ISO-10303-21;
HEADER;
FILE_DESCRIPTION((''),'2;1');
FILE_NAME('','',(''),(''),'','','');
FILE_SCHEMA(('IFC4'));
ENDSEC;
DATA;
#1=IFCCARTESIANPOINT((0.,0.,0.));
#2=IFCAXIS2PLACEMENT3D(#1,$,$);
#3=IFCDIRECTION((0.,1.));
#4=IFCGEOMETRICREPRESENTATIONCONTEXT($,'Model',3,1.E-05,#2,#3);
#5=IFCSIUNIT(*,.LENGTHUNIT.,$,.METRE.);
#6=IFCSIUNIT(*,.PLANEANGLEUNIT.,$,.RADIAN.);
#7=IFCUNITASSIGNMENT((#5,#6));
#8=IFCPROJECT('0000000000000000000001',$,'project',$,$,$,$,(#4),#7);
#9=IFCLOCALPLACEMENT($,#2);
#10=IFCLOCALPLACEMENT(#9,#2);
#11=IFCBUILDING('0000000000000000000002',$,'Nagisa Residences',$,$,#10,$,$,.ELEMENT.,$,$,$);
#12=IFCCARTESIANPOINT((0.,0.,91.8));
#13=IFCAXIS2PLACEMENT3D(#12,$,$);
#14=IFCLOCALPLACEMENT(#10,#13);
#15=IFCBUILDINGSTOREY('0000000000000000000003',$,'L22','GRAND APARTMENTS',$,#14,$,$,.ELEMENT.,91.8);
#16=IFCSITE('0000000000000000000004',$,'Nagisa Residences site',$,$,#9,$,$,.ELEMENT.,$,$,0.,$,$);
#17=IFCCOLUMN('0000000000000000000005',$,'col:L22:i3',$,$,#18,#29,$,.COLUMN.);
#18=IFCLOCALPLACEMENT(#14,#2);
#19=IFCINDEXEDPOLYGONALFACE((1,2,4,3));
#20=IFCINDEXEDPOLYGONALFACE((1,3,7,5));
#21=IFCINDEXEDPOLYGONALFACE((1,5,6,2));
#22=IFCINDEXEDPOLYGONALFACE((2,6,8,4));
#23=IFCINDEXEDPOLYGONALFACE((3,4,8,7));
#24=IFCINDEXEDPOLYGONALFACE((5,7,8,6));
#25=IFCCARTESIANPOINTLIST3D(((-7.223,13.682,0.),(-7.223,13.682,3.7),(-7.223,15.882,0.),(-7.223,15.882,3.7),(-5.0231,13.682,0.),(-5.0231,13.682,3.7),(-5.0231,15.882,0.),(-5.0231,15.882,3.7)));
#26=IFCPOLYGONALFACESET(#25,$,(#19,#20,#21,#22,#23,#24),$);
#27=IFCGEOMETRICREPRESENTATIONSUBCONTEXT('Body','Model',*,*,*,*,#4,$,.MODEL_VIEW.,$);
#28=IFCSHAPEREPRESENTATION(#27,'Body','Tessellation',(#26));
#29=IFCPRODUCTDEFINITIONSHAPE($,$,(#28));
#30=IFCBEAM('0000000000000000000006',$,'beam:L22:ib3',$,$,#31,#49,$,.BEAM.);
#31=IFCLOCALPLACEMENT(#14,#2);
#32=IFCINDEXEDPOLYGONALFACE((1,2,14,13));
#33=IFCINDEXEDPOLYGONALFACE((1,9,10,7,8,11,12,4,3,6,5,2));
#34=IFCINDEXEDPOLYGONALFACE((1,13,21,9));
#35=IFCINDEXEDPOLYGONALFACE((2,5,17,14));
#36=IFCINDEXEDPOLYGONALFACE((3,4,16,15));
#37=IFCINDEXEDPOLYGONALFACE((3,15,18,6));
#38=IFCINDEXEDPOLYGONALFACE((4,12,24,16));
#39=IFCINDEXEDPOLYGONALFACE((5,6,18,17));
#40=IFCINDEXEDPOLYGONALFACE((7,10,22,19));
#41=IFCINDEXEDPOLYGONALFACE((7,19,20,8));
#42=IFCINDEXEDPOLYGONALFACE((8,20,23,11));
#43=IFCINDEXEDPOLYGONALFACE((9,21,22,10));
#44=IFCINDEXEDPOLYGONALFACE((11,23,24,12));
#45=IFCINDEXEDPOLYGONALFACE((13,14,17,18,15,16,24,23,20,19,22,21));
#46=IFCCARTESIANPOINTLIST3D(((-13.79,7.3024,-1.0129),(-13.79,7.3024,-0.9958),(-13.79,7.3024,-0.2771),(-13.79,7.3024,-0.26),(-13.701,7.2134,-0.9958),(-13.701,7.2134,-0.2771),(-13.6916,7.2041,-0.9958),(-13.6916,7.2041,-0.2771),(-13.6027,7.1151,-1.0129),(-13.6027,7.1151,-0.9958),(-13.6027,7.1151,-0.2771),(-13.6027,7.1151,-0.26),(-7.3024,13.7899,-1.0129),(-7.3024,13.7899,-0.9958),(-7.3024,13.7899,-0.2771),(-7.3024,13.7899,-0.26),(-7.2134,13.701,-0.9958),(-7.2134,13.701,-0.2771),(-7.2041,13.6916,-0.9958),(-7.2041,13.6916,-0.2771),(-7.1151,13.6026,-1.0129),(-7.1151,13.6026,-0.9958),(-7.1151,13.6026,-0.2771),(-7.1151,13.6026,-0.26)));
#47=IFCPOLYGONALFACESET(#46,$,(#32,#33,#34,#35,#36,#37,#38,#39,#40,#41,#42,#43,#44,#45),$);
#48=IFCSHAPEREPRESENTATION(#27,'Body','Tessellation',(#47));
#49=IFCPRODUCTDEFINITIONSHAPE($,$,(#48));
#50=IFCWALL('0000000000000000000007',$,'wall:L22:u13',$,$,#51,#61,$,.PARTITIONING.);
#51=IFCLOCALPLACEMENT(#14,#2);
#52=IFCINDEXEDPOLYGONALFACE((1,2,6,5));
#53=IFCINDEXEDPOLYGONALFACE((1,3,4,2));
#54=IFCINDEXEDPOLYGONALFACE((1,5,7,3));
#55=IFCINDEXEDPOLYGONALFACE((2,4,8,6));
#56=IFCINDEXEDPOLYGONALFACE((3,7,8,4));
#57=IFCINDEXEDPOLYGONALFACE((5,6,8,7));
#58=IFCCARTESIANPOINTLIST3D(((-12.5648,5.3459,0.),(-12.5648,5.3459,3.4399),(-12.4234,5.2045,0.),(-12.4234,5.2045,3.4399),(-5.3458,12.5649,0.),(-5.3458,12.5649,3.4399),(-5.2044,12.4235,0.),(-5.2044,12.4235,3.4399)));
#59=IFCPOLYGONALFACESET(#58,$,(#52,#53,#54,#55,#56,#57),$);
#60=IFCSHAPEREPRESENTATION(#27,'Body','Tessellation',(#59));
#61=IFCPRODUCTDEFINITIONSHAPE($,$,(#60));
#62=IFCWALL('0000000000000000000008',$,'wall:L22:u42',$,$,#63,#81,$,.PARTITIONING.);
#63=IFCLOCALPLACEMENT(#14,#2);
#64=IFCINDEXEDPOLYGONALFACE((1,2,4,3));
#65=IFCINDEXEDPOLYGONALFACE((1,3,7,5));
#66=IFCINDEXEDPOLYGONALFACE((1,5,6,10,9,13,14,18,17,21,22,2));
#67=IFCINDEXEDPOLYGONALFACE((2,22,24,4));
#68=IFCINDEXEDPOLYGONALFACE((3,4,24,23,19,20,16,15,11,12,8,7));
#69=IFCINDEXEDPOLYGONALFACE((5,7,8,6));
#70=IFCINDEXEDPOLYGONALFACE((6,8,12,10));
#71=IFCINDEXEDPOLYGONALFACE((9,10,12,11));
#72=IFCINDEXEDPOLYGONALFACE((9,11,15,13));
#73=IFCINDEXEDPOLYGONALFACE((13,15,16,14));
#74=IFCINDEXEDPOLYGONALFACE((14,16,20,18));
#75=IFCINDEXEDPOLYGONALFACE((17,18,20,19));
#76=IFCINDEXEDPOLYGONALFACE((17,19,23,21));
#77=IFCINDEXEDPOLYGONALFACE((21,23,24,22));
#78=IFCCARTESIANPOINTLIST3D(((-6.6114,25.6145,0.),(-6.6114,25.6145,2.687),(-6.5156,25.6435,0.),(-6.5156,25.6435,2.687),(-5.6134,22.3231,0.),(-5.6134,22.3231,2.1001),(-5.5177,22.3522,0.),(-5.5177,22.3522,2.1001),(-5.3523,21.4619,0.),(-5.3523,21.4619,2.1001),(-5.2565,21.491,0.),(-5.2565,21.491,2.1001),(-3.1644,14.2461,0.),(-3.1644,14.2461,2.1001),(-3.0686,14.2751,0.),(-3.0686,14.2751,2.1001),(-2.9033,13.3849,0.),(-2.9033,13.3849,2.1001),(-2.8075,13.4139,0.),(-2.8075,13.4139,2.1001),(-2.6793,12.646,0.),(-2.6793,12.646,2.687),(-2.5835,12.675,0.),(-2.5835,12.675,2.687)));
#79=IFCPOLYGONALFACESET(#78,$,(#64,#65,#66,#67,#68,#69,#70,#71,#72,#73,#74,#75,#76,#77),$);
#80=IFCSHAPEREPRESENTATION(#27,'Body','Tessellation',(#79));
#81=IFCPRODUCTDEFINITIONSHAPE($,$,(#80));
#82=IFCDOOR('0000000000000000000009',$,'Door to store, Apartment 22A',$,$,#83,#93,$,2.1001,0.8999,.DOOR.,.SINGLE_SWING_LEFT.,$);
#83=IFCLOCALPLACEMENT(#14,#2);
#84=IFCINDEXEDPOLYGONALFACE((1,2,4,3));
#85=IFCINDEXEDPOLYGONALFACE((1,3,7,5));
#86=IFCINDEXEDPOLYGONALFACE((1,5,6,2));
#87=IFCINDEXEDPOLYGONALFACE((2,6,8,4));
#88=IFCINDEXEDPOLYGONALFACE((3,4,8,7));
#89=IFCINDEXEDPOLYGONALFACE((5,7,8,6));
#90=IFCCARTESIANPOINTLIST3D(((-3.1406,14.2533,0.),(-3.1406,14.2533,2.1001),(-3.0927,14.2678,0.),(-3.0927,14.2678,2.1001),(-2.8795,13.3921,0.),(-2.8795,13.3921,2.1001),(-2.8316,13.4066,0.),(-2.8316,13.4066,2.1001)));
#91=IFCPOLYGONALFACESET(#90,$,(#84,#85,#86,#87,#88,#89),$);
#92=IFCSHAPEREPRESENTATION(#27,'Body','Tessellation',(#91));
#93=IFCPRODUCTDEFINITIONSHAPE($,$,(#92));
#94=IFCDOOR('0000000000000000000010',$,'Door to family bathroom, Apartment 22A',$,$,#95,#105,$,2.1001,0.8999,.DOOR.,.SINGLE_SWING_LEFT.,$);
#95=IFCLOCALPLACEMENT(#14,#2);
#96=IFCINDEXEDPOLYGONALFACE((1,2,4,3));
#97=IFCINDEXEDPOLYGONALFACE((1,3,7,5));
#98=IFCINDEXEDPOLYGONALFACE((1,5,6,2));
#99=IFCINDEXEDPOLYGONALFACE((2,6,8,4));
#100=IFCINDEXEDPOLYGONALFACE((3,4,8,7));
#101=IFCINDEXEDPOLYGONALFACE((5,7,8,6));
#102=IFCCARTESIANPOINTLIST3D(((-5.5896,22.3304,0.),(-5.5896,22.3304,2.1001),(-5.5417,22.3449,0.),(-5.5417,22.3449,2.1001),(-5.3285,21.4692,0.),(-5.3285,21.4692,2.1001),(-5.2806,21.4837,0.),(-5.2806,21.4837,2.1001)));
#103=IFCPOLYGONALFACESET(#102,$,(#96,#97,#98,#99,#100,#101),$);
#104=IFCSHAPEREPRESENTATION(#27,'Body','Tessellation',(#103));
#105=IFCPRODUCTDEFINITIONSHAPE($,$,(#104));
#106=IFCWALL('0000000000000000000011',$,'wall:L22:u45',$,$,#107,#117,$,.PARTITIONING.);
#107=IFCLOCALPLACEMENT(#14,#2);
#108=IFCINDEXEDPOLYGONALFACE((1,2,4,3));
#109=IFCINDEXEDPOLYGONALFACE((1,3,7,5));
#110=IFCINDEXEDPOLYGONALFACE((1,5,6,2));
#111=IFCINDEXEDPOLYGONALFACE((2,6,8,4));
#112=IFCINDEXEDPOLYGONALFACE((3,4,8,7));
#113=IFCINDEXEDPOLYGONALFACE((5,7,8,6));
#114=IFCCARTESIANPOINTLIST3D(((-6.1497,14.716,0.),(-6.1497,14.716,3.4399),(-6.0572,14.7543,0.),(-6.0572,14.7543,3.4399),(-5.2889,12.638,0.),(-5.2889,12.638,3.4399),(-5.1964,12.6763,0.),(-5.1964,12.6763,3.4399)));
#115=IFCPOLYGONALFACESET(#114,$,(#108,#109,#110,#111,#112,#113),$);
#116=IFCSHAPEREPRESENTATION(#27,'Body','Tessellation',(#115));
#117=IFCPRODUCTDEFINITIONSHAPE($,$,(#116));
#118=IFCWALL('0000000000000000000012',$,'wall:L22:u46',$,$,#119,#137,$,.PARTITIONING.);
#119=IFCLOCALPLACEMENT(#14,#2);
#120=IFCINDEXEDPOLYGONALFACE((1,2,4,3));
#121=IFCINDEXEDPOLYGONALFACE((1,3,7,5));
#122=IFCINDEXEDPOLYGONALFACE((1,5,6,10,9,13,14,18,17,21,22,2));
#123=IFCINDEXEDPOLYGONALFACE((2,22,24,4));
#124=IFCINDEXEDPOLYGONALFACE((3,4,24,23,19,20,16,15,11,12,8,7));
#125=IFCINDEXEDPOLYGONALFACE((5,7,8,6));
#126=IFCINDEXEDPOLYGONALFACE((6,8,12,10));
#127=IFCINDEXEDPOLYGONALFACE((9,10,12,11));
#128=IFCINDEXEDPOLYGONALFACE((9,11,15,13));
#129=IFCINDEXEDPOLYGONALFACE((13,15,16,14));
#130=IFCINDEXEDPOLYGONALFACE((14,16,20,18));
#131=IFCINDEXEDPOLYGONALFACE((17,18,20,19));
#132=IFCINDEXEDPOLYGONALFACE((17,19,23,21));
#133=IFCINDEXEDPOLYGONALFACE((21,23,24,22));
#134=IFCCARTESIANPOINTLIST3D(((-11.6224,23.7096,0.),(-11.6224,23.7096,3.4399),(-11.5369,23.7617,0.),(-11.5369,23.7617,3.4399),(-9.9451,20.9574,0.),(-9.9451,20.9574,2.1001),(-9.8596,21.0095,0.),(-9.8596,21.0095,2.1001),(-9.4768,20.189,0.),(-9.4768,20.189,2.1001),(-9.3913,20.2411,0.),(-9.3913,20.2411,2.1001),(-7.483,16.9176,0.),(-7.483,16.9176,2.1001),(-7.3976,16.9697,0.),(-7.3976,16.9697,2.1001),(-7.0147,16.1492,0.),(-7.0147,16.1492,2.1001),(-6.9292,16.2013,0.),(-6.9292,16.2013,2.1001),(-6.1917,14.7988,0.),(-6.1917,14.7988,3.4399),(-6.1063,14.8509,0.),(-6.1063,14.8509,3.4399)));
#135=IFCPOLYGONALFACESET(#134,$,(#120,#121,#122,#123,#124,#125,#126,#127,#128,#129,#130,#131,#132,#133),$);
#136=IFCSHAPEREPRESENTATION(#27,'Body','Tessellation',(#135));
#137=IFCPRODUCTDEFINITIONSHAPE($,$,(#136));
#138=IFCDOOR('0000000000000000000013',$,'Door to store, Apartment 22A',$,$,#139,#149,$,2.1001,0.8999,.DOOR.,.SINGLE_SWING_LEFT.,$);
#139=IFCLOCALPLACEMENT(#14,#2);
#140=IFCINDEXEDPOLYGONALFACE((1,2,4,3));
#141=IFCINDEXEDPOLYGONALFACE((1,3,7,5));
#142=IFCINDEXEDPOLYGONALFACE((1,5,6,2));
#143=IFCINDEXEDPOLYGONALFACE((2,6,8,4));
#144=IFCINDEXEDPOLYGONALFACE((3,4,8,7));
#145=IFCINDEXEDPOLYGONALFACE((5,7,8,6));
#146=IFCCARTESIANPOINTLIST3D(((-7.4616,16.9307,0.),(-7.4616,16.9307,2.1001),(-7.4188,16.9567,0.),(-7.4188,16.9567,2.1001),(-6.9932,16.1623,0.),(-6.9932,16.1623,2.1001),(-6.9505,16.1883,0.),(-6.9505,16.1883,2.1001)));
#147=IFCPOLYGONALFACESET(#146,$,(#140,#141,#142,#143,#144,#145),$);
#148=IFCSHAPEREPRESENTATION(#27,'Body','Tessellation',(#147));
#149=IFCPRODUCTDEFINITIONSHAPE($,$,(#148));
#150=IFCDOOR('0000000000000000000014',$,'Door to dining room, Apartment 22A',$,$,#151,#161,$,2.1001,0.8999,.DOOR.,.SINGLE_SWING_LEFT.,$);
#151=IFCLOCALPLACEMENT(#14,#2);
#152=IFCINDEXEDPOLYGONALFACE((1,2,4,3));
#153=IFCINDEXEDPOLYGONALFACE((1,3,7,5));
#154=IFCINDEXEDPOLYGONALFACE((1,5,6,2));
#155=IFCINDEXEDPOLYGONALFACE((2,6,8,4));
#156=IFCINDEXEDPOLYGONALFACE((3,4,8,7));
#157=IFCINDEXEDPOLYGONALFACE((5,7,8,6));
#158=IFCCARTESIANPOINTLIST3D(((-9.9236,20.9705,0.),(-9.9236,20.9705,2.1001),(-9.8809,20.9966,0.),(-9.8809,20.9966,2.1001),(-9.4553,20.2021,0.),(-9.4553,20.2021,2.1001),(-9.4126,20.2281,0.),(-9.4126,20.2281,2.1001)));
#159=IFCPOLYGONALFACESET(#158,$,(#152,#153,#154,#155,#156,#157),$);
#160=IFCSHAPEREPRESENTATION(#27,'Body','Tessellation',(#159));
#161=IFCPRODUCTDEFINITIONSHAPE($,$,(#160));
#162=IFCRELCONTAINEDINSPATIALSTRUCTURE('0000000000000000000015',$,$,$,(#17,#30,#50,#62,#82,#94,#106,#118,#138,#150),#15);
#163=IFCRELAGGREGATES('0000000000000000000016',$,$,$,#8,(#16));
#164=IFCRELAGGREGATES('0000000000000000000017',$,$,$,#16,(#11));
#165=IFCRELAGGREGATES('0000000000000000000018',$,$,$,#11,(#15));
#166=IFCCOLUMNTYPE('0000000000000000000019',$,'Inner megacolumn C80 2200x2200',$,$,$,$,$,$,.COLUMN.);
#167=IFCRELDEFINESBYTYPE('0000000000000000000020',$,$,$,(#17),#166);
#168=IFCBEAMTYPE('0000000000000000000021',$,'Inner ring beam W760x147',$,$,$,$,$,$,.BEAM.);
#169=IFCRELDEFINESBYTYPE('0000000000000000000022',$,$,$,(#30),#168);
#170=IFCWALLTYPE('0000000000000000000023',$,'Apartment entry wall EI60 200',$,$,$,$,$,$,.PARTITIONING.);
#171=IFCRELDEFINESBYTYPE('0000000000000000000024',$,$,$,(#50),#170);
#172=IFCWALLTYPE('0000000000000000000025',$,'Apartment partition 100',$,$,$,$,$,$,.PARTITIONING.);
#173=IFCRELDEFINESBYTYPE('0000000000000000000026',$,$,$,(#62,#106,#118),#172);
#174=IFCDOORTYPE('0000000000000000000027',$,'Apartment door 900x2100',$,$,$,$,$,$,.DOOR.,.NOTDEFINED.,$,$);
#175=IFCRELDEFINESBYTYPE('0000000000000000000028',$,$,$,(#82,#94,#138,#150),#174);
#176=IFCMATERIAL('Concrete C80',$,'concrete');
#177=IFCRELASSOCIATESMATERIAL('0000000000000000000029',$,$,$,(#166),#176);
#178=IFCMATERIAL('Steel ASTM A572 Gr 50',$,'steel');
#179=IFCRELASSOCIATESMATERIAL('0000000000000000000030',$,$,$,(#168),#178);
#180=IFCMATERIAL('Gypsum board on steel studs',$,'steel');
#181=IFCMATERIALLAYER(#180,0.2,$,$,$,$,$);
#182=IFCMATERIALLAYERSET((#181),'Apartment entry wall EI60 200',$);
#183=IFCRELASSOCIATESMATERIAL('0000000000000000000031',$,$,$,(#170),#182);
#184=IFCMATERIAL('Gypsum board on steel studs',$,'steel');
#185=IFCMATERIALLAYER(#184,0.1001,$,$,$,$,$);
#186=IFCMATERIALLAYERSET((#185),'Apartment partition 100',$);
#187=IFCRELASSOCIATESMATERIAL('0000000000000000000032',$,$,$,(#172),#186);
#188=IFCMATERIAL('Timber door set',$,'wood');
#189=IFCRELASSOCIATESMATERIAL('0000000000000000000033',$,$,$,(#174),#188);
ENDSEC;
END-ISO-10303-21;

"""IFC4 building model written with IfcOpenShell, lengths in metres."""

from ifc_helpers import new_model, si_unit, direction, frame, frame_2d, origin, origin_2d, place, context, subcontext, project, spatial, rectangle, i_section, extrude, material, layer, layer_set, material_profile, profile_set, type_object, element, fill, save


model = new_model("IFC4")

# Units and contexts
model_context = context("Model", 3, precision=1e-05, world=origin(), true_north=direction((0.0, 1.0)))
body_context = subcontext(model_context, "Body", "Model", "MODEL_VIEW")
ifc_project = project(units=[si_unit("LENGTHUNIT", "METRE"), si_unit("PLANEANGLEUNIT", "RADIAN")], contexts=[model_context])

# Site, building, storey
site_placement = place(None, origin())
site = spatial("IfcSite", under=ifc_project, at=site_placement, Name="Nagisa Residences site", CompositionType="ELEMENT", RefElevation=0.0)
building_placement = place(site_placement, origin())
building = spatial("IfcBuilding", under=site, at=building_placement, Name="Nagisa Residences", CompositionType="ELEMENT")
storey_placement = place(building_placement, frame((0.0, 0.0, 91.8)))
storey = spatial("IfcBuildingStorey", under=building, at=storey_placement, Name="L22", Description="GRAND APARTMENTS", CompositionType="ELEMENT", Elevation=91.8)

# Column
ifc_material_1 = material(Name="Concrete C80", Category="concrete")
ifc_material_profile_1 = material_profile(ifc_material_1, rectangle(XDim=2.2, YDim=2.2, at=origin_2d()), Name="C80 2200x2200")
ifc_profile_set_1 = profile_set([ifc_material_profile_1], Name="Concrete C80")
column_type = type_object("IfcColumnType", Name="Inner megacolumn C80 2200x2200", PredefinedType="COLUMN", material=ifc_profile_set_1)
column_placement = place(storey_placement, frame((-6.123, 14.782, 0.0), z_axis=(0.0, 0.0, 1.0), x_axis=(1.0, 0.0, 0.0)))
element("IfcColumn", 1, at=column_placement, inside=storey, type_object=column_type, Name="col:L22:i3", PredefinedType="COLUMN", context=body_context, shape_type="SweptSolid", body=[
    extrude(rectangle(XDim=2.2, YDim=2.2, at=origin_2d()), origin(), (0.0, 0.0, 1.0), 3.7),
])

# Beam
ifc_material_2 = material(Name="Steel ASTM A572 Gr 50", Category="steel")
ifc_material_profile_2 = material_profile(ifc_material_2, i_section(OverallWidth=0.2649, OverallDepth=0.7529, WebThickness=0.0132, FlangeThickness=0.0171, at=origin_2d()), Name="W760x147")
ifc_profile_set_2 = profile_set([ifc_material_profile_2], Name="Steel ASTM A572 Gr 50")
beam_type = type_object("IfcBeamType", Name="Inner ring beam W760x147", PredefinedType="BEAM", material=ifc_profile_set_2)
beam_placement = place(storey_placement, frame((-7.2087, 13.6963, -0.6365), z_axis=(-0.707107, -0.707107, 0.0), x_axis=(0.707107, -0.707107, 0.0)))
element("IfcBeam", 2, at=beam_placement, inside=storey, type_object=beam_type, Name="beam:L22:ib3", PredefinedType="BEAM", context=body_context, shape_type="SweptSolid", body=[
    extrude(i_section(OverallWidth=0.2649, OverallDepth=0.7529, WebThickness=0.0132, FlangeThickness=0.0171, at=origin_2d()), origin(), (0.0, 0.0, 1.0), 9.1748),
])

# Wall
ifc_material_3 = material(Name="Gypsum board on steel studs", Category="steel")
ifc_layer_1 = layer(ifc_material_3, 0.2)
ifc_layer_set_1 = layer_set([ifc_layer_1], Name="Apartment entry wall EI60 200")
wall_type_1 = type_object("IfcWallType", Name="Apartment entry wall EI60 200", PredefinedType="PARTITIONING", material=ifc_layer_set_1)
wall_1_placement = place(storey_placement, frame((-5.2751, 12.4941, 0.0), z_axis=(0.0, 0.0, 1.0), x_axis=(-0.707107, -0.707107, 0.0)))
element("IfcWall", 3, at=wall_1_placement, inside=storey, type_object=wall_type_1, Name="wall:L22:u13", PredefinedType="PARTITIONING", context=body_context, shape_type="SweptSolid", body=[
    extrude(rectangle(XDim=10.2092, YDim=0.2, at=frame_2d((5.1045, 0.0))), origin(), (0.0, 0.0, 1.0), 3.4399),
])

# Wall, openings, doors
ifc_material_4 = material(Name="Gypsum board on steel studs", Category="steel")
ifc_layer_2 = layer(ifc_material_4, 0.1001)
ifc_layer_set_2 = layer_set([ifc_layer_2], Name="Apartment partition 100")
wall_type_2 = type_object("IfcWallType", Name="Apartment partition 100", PredefinedType="PARTITIONING", material=ifc_layer_set_2)
wall_2_placement = place(storey_placement, frame((-2.6313, 12.6604, 0.0), z_axis=(0.0, 0.0, 1.0), x_axis=(-0.290161, 0.956978, 0.0)))
wall_2 = element("IfcWall", 4, at=wall_2_placement, inside=storey, type_object=wall_type_2, Name="wall:L22:u42", PredefinedType="PARTITIONING", context=body_context, shape_type="SweptSolid", body=[
    extrude(rectangle(XDim=13.5515, YDim=0.1001, at=frame_2d((6.7759, 0.0))), origin(), (0.0, 0.0, 1.0), 2.687),
])
opening_1_placement = place(wall_2_placement, frame((0.7722, 0.0, 0.0)))
opening_1 = element("IfcOpeningElement", 5, at=opening_1_placement, cuts=wall_2, PredefinedType="OPENING", context=body_context, shape_type="SweptSolid", body=[
    extrude(rectangle(XDim=0.8999, YDim=2.1001, at=frame_2d((0.45, 1.05))), frame((0.0, 0.0601, 0.0), z_axis=(0.0, -1.0, 0.0), x_axis=(1.0, 0.0, 0.0)), (0.0, 0.0, 1.0), 0.1201),
])
opening_2_placement = place(wall_2_placement, frame((9.2124, 0.0, 0.0)))
opening_2 = element("IfcOpeningElement", 6, at=opening_2_placement, cuts=wall_2, PredefinedType="OPENING", context=body_context, shape_type="SweptSolid", body=[
    extrude(rectangle(XDim=0.8999, YDim=2.1001, at=frame_2d((0.45, 1.05))), frame((0.0, 0.0601, 0.0), z_axis=(0.0, -1.0, 0.0), x_axis=(1.0, 0.0, 0.0)), (0.0, 0.0, 1.0), 0.1201),
])
ifc_material_5 = material(Name="Timber door set", Category="wood")
door_type_1 = type_object("IfcDoorType", Name="Apartment door 900x2100", OperationType="NOTDEFINED", PredefinedType="DOOR", material=ifc_material_5)
door_1_placement = place(opening_1_placement, frame((0.8999, 0.0, 0.0), x_axis=(-1.0, 0.0, 0.0)))
door_1 = element("IfcDoor", 7, at=door_1_placement, inside=storey, type_object=door_type_1, Name="Door to store, Apartment 22A", OperationType="SINGLE_SWING_LEFT", OverallHeight=2.1001, OverallWidth=0.8999, PredefinedType="DOOR", context=body_context, shape_type="SweptSolid", body=[
    extrude(rectangle(XDim=0.8999, YDim=2.1001, at=frame_2d((0.45, 1.05))), frame((0.0, 0.0249, 0.0), z_axis=(0.0, -1.0, 0.0), x_axis=(1.0, 0.0, 0.0)), (0.0, 0.0, 1.0), 0.05),
])
fill(opening_1, door_1)
door_2_placement = place(opening_2_placement, frame((0.8999, 0.0, 0.0), x_axis=(-1.0, 0.0, 0.0)))
door_2 = element("IfcDoor", 8, at=door_2_placement, inside=storey, type_object=door_type_1, Name="Door to family bathroom, Apartment 22A", OperationType="SINGLE_SWING_LEFT", OverallHeight=2.1001, OverallWidth=0.8999, PredefinedType="DOOR", context=body_context, shape_type="SweptSolid", body=[
    extrude(rectangle(XDim=0.8999, YDim=2.1001, at=frame_2d((0.45, 1.05))), frame((0.0, 0.0249, 0.0), z_axis=(0.0, -1.0, 0.0), x_axis=(1.0, 0.0, 0.0)), (0.0, 0.0, 1.0), 0.05),
])
fill(opening_2, door_2)

# Wall
wall_3_placement = place(storey_placement, frame((-5.2427, 12.6572, 0.0), z_axis=(0.0, 0.0, 1.0), x_axis=(-0.382703, 0.923871, 0.0)))
element("IfcWall", 9, at=wall_3_placement, inside=storey, type_object=wall_type_2, Name="wall:L22:u45", PredefinedType="PARTITIONING", context=body_context, shape_type="SweptSolid", body=[
    extrude(rectangle(XDim=2.2493, YDim=0.1001, at=frame_2d((1.1245, 0.0))), origin(), (0.0, 0.0, 1.0), 3.4399),
])

# Wall, openings, doors
wall_4_placement = place(storey_placement, frame((-6.1489, 14.8247, 0.0), z_axis=(0.0, 0.0, 1.0), x_axis=(-0.520411, 0.853916, 0.0)))
wall_4 = element("IfcWall", 10, at=wall_4_placement, inside=storey, type_object=wall_type_2, Name="wall:L22:u46", PredefinedType="PARTITIONING", context=body_context, shape_type="SweptSolid", body=[
    extrude(rectangle(XDim=10.4353, YDim=0.1001, at=frame_2d((5.2178, 0.0))), origin(), (0.0, 0.0, 1.0), 3.4399),
])
opening_3_placement = place(wall_4_placement, frame((1.5815, 0.0, 0.0)))
opening_3 = element("IfcOpeningElement", 11, at=opening_3_placement, cuts=wall_4, PredefinedType="OPENING", context=body_context, shape_type="SweptSolid", body=[
    extrude(rectangle(XDim=0.8999, YDim=2.1001, at=frame_2d((0.45, 1.05))), frame((0.0, 0.0601, 0.0), z_axis=(0.0, -1.0, 0.0), x_axis=(1.0, 0.0, 0.0)), (0.0, 0.0, 1.0), 0.1201),
])
opening_4_placement = place(wall_4_placement, frame((6.3125, 0.0, 0.0)))
opening_4 = element("IfcOpeningElement", 12, at=opening_4_placement, cuts=wall_4, PredefinedType="OPENING", context=body_context, shape_type="SweptSolid", body=[
    extrude(rectangle(XDim=0.8999, YDim=2.1001, at=frame_2d((0.45, 1.05))), frame((0.0, 0.0601, 0.0), z_axis=(0.0, -1.0, 0.0), x_axis=(1.0, 0.0, 0.0)), (0.0, 0.0, 1.0), 0.1201),
])
door_3_placement = place(opening_3_placement, origin())
door_3 = element("IfcDoor", 13, at=door_3_placement, inside=storey, type_object=door_type_1, Name="Door to store, Apartment 22A", OperationType="SINGLE_SWING_LEFT", OverallHeight=2.1001, OverallWidth=0.8999, PredefinedType="DOOR", context=body_context, shape_type="SweptSolid", body=[
    extrude(rectangle(XDim=0.8999, YDim=2.1001, at=frame_2d((0.45, 1.05))), frame((0.0, 0.0249, 0.0), z_axis=(0.0, -1.0, 0.0), x_axis=(1.0, 0.0, 0.0)), (0.0, 0.0, 1.0), 0.05),
])
fill(opening_3, door_3)
door_4_placement = place(opening_4_placement, origin())
door_4 = element("IfcDoor", 14, at=door_4_placement, inside=storey, type_object=door_type_1, Name="Door to dining room, Apartment 22A", OperationType="SINGLE_SWING_LEFT", OverallHeight=2.1001, OverallWidth=0.8999, PredefinedType="DOOR", context=body_context, shape_type="SweptSolid", body=[
    extrude(rectangle(XDim=0.8999, YDim=2.1001, at=frame_2d((0.45, 1.05))), frame((0.0, 0.0249, 0.0), z_axis=(0.0, -1.0, 0.0), x_axis=(1.0, 0.0, 0.0)), (0.0, 0.0, 1.0), 0.05),
])
fill(opening_4, door_4)

save(model, "model.ifc")
